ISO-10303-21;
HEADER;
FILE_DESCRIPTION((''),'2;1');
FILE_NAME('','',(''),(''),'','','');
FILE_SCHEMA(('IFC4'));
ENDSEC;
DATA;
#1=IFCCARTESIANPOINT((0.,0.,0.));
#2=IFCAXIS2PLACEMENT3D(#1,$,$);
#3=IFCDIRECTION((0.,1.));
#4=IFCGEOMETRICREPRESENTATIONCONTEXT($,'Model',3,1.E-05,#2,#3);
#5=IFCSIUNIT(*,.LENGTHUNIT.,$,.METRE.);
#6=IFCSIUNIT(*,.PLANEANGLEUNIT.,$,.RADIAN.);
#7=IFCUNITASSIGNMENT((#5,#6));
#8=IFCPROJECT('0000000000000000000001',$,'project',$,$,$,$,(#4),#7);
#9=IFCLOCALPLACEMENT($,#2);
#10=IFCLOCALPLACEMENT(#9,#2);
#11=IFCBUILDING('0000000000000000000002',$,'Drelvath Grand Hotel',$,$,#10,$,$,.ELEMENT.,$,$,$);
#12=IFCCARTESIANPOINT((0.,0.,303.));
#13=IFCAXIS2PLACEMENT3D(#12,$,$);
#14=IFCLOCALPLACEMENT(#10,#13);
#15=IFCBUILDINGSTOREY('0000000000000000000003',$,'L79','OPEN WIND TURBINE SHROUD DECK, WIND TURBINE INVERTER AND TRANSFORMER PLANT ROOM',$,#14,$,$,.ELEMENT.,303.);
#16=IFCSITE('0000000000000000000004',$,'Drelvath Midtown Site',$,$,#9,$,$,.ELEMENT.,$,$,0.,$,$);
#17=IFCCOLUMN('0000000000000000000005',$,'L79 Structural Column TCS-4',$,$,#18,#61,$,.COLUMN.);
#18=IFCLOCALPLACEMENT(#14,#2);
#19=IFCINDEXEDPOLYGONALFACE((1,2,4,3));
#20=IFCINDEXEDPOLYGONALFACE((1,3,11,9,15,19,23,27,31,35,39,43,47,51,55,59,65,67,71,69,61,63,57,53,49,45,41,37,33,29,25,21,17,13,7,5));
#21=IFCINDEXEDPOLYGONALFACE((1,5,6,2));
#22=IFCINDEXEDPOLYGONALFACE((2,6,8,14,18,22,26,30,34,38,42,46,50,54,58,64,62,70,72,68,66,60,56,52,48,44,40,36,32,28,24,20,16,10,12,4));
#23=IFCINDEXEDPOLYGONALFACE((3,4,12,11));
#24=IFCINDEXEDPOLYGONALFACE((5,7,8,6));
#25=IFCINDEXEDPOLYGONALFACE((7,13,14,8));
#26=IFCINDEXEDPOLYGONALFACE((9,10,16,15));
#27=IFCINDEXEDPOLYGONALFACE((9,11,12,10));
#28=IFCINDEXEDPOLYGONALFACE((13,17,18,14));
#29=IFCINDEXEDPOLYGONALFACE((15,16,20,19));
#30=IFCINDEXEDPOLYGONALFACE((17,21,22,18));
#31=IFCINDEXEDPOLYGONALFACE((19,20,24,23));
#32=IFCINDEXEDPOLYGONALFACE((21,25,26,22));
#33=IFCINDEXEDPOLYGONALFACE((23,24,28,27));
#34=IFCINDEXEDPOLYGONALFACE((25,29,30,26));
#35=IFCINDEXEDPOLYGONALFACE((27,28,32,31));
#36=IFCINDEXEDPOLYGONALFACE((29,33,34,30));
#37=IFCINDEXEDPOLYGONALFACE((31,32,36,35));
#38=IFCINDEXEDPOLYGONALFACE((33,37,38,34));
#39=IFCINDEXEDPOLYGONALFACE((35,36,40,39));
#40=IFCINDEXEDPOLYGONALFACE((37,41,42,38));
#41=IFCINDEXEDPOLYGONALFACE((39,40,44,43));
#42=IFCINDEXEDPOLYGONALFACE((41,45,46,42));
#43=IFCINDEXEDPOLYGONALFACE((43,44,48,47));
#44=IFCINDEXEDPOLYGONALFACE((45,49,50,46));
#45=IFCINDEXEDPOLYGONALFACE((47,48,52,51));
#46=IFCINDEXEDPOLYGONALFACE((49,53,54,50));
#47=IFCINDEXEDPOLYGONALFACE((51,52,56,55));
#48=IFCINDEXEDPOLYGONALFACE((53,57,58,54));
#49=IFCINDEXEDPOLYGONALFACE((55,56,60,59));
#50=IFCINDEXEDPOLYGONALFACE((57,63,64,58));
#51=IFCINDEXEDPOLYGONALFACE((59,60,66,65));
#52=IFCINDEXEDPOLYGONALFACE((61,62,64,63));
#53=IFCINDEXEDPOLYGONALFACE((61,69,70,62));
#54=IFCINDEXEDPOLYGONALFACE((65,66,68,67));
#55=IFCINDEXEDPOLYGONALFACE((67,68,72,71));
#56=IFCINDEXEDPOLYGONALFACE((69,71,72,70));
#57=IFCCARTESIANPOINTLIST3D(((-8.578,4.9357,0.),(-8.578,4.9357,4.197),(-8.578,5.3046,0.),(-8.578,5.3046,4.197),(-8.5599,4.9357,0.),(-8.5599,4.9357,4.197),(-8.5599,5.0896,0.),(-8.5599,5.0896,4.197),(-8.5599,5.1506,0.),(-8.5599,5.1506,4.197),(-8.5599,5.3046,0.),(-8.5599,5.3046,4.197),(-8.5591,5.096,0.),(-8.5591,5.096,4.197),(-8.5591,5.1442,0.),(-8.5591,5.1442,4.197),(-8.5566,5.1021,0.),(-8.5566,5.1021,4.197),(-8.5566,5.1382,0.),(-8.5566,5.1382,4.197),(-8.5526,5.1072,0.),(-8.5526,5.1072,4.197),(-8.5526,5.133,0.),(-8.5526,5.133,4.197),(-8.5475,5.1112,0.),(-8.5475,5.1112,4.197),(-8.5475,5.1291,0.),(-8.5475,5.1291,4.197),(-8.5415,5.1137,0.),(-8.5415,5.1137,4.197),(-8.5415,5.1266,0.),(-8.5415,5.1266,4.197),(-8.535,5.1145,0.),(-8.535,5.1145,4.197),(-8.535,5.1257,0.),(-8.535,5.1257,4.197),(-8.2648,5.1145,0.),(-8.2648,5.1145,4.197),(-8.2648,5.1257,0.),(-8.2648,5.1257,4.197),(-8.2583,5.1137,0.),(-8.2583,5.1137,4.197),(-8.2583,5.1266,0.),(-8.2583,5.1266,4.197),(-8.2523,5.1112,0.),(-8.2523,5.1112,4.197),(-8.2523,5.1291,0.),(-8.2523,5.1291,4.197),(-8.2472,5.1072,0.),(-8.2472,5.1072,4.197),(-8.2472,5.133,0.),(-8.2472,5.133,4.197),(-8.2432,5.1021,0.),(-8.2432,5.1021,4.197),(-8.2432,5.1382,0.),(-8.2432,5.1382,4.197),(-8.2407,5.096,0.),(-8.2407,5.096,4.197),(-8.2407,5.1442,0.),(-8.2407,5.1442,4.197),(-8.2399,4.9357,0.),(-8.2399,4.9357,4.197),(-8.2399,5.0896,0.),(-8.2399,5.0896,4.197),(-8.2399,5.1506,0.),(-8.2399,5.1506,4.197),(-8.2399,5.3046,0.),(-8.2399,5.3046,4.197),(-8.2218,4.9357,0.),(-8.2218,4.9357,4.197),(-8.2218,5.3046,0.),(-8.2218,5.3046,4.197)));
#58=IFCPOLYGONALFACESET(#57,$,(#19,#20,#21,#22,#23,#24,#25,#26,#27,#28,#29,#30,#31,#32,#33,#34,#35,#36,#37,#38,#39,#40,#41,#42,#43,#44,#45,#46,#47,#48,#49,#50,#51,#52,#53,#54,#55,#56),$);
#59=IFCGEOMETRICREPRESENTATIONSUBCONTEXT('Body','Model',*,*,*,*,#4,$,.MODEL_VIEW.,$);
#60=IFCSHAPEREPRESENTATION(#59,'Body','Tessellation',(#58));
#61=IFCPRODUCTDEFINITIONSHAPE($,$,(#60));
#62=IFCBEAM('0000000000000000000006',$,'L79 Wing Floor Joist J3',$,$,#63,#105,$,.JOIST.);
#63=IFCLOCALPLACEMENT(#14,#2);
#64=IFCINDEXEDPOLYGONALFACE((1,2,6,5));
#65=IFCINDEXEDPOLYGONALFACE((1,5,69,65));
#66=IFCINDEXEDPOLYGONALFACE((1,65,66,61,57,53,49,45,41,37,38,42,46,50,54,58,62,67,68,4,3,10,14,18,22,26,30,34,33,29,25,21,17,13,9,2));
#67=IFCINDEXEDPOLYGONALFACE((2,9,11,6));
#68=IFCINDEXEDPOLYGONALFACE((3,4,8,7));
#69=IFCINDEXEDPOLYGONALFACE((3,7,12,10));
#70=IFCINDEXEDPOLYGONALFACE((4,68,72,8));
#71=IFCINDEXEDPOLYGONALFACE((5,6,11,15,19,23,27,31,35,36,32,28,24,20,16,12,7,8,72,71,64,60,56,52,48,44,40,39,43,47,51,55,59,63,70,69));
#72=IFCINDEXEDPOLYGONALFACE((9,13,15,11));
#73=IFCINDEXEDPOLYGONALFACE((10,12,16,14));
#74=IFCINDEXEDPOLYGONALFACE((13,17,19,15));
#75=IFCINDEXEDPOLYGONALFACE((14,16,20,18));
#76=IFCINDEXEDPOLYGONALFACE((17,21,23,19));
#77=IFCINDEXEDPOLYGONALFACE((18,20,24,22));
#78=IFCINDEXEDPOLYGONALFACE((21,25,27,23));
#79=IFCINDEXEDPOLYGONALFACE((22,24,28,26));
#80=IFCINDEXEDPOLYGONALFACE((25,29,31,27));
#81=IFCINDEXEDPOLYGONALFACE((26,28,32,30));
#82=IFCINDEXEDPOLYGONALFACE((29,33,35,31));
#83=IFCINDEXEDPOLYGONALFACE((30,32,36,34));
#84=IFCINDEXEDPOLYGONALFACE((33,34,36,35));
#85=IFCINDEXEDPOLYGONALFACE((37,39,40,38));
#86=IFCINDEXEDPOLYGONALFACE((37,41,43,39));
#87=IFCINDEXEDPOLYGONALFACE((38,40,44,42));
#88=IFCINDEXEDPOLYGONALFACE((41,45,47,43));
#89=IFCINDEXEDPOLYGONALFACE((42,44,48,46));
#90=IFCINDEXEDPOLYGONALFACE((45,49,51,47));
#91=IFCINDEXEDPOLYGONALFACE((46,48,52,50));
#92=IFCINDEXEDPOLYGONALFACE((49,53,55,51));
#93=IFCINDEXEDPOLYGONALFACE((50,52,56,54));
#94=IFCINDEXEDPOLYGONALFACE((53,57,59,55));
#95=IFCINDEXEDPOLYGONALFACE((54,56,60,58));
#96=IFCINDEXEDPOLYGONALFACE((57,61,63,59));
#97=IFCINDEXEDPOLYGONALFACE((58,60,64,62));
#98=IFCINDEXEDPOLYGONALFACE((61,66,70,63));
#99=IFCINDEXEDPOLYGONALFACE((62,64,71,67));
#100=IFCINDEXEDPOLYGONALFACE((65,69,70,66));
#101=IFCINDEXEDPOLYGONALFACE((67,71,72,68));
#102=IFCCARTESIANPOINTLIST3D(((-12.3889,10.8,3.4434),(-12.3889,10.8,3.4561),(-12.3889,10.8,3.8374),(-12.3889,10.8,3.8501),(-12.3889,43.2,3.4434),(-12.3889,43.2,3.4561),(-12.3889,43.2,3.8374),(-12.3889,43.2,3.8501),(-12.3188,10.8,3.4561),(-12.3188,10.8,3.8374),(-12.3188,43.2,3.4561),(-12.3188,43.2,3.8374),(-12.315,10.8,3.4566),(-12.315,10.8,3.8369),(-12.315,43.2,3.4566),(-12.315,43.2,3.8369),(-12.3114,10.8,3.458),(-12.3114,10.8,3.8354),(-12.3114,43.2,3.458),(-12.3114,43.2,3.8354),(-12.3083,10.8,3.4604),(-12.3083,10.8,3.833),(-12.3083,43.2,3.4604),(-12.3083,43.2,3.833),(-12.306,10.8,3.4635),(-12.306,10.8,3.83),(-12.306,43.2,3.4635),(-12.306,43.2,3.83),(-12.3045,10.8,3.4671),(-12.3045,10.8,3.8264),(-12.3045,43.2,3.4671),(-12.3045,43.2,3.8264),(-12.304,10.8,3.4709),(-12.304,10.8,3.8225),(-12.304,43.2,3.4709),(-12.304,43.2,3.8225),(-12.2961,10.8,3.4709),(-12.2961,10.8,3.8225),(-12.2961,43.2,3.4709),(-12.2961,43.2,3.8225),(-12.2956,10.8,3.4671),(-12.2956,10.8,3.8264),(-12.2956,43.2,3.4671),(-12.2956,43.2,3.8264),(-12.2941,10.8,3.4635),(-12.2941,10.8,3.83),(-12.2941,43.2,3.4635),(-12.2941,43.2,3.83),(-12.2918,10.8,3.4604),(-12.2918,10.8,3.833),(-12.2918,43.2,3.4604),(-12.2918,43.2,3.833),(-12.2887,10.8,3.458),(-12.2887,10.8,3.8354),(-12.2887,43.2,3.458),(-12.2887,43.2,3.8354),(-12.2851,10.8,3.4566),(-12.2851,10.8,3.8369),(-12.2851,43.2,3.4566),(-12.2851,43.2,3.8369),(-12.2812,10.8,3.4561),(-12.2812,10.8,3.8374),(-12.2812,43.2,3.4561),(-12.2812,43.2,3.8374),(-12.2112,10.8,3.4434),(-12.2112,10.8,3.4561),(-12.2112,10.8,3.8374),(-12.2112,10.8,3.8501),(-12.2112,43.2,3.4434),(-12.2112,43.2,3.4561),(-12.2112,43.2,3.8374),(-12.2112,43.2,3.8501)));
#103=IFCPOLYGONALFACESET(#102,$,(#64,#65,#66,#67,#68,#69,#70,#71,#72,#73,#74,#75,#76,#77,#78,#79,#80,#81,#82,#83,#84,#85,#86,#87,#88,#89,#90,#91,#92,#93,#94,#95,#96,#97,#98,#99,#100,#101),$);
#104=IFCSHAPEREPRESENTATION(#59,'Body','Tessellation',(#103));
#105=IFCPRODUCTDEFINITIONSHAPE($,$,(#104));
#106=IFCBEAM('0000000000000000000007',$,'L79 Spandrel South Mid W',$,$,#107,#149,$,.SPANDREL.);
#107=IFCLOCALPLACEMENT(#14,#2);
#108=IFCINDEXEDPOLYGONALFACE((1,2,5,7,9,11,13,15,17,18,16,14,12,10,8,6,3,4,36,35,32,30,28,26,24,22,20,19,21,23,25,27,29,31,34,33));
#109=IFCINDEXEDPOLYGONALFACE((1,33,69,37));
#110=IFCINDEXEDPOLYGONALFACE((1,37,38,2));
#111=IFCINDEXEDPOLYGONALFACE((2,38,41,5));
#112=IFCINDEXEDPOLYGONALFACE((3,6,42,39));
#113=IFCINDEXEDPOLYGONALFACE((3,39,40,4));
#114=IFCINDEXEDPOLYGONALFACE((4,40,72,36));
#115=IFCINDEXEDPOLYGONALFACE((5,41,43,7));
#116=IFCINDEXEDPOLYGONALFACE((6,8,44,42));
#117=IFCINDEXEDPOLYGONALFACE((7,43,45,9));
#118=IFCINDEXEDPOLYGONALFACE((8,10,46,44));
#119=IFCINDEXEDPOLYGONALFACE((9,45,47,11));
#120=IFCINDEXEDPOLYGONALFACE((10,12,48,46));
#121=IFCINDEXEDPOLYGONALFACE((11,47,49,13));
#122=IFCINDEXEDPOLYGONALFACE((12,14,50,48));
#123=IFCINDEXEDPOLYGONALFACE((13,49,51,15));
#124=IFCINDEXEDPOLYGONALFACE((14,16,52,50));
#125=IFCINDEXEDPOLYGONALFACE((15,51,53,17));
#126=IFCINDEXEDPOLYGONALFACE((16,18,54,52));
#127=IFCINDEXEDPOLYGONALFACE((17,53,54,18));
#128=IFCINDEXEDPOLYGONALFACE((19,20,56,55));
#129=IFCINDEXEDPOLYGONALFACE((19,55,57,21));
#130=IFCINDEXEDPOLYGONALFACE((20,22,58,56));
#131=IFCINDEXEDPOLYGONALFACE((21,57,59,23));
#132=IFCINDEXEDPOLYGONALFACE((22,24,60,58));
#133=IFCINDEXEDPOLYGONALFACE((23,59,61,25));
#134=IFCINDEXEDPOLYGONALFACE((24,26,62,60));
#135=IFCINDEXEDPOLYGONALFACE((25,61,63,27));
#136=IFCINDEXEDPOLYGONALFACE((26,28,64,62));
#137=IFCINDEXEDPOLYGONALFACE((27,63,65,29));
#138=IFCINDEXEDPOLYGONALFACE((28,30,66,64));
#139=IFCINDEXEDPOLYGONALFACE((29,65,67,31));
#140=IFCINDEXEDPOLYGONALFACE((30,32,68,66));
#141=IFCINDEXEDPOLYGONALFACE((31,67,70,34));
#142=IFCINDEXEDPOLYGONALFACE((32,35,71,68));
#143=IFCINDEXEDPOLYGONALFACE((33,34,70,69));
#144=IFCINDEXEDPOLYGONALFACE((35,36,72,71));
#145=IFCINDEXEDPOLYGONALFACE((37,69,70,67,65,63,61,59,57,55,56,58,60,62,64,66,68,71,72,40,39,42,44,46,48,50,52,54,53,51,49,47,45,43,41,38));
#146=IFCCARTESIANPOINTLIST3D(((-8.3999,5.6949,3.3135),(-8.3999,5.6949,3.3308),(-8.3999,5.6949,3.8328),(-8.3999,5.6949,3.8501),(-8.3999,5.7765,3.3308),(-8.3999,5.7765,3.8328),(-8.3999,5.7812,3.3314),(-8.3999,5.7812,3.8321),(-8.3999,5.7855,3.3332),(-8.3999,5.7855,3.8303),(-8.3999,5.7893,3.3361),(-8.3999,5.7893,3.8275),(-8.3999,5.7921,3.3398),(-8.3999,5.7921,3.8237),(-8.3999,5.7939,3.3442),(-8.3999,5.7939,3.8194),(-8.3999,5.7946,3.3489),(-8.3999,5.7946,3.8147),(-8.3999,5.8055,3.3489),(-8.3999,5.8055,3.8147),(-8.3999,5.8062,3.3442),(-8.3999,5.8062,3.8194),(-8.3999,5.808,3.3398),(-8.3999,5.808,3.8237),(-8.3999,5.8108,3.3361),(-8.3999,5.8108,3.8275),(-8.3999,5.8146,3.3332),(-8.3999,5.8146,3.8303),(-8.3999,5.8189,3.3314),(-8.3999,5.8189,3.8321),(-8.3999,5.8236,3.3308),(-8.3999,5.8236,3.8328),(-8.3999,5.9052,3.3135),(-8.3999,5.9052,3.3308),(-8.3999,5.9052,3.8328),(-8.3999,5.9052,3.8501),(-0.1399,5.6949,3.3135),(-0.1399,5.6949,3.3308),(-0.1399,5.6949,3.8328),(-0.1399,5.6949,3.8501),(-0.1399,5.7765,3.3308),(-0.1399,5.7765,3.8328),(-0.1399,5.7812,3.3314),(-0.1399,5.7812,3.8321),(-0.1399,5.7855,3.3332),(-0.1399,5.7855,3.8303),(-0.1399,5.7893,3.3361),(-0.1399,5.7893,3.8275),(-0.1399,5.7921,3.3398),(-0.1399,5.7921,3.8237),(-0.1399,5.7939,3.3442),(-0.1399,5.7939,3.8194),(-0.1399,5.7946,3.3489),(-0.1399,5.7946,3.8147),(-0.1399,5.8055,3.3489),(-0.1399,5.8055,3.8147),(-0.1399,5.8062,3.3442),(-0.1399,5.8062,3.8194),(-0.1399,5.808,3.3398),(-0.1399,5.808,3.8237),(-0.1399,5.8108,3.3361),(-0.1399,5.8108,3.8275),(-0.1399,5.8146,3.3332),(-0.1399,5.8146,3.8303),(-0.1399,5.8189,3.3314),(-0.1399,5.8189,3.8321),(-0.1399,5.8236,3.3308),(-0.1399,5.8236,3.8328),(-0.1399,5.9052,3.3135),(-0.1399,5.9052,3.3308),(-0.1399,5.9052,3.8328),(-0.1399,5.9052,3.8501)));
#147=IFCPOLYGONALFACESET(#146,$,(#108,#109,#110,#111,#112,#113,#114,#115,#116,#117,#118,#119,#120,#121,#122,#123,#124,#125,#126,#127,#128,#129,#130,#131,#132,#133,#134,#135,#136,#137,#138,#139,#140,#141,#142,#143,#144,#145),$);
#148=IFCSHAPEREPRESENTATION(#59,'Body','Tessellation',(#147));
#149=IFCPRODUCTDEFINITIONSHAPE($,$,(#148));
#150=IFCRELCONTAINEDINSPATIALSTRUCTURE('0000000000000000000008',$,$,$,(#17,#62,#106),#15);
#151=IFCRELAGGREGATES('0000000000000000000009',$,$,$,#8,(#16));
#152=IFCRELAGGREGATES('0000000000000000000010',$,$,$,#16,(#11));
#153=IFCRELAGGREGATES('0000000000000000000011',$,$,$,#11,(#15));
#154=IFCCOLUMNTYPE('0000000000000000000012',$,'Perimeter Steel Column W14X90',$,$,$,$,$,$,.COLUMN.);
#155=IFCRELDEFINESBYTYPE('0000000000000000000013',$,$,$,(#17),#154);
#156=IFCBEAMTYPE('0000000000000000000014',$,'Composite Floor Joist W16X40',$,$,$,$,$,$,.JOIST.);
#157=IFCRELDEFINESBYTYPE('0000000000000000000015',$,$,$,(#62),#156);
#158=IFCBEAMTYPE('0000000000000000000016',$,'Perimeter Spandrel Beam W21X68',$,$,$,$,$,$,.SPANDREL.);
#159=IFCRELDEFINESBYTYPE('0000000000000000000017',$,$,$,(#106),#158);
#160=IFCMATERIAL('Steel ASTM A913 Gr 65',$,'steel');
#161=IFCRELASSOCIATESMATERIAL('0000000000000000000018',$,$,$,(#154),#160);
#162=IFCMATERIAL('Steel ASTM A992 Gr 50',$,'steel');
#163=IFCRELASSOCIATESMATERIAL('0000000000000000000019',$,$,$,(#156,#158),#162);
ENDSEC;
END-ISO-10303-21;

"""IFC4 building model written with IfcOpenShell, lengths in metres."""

from ifc_helpers import new_model, si_unit, direction, frame, origin, origin_2d, place, context, subcontext, project, spatial, i_section, extrude, material, material_profile, profile_set, type_object, element, save


model = new_model("IFC4")

# Units and contexts
model_context = context("Model", 3, precision=1e-05, world=origin(), true_north=direction((0.0, 1.0)))
body_context = subcontext(model_context, "Body", "Model", "MODEL_VIEW")
ifc_project = project(units=[si_unit("LENGTHUNIT", "METRE"), si_unit("PLANEANGLEUNIT", "RADIAN")], contexts=[model_context])

# Site, building, storey
site_placement = place(None, origin())
site = spatial("IfcSite", under=ifc_project, at=site_placement, Name="Drelvath Midtown Site", CompositionType="ELEMENT", RefElevation=0.0)
building_placement = place(site_placement, origin())
building = spatial("IfcBuilding", under=site, at=building_placement, Name="Drelvath Grand Hotel", CompositionType="ELEMENT")
storey_placement = place(building_placement, frame((0.0, 0.0, 303.0)))
storey = spatial("IfcBuildingStorey", under=building, at=storey_placement, Name="L79", Description="OPEN WIND TURBINE SHROUD DECK, WIND TURBINE INVERTER AND TRANSFORMER PLANT ROOM", CompositionType="ELEMENT", Elevation=303.0)

# Column
ifc_material_1 = material(Name="Steel ASTM A913 Gr 65", Category="steel")
ifc_material_profile_1 = material_profile(ifc_material_1, i_section(OverallWidth=0.3689, OverallDepth=0.3562, WebThickness=0.0112, FlangeThickness=0.0181, FilletRadius=0.0249, at=origin_2d()), Name="W14X90")
ifc_profile_set_1 = profile_set([ifc_material_profile_1], Name="Steel ASTM A913 Gr 65")
column_type = type_object("IfcColumnType", Name="Perimeter Steel Column W14X90", PredefinedType="COLUMN", material=ifc_profile_set_1)
column_placement = place(storey_placement, frame((-8.3999, 5.1201, 0.0), z_axis=(0.0, 0.0, 1.0), x_axis=(0.0, 1.0, 0.0)))
element("IfcColumn", 1, at=column_placement, inside=storey, type_object=column_type, Name="L79 Structural Column TCS-4", PredefinedType="COLUMN", context=body_context, shape_type="SweptSolid", body=[
    extrude(i_section(OverallWidth=0.3689, OverallDepth=0.3562, WebThickness=0.0112, FlangeThickness=0.0181, FilletRadius=0.0249, at=origin_2d()), origin(), (0.0, 0.0, 1.0), 4.197),
])

# Beams
ifc_material_2 = material(Name="Steel ASTM A992 Gr 50", Category="steel")
ifc_material_profile_2 = material_profile(ifc_material_2, i_section(OverallWidth=0.1777, OverallDepth=0.4067, WebThickness=0.0078, FlangeThickness=0.0127, FilletRadius=0.0149, at=origin_2d()), Name="W16X40")
ifc_profile_set_2 = profile_set([ifc_material_profile_2], Name="Steel ASTM A992 Gr 50")
beam_type_1 = type_object("IfcBeamType", Name="Composite Floor Joist W16X40", PredefinedType="JOIST", material=ifc_profile_set_2)
beam_1_placement = place(storey_placement, frame((-12.3, 10.8, 3.6467), z_axis=(0.0, 1.0, 0.0), x_axis=(-1.0, 0.0, 0.0)))
element("IfcBeam", 2, at=beam_1_placement, inside=storey, type_object=beam_type_1, Name="L79 Wing Floor Joist J3", PredefinedType="JOIST", context=body_context, shape_type="SweptSolid", body=[
    extrude(i_section(OverallWidth=0.1777, OverallDepth=0.4067, WebThickness=0.0078, FlangeThickness=0.0127, FilletRadius=0.0149, at=origin_2d()), origin(), (0.0, 0.0, 1.0), 32.3999),
])
ifc_material_profile_3 = material_profile(ifc_material_2, i_section(OverallWidth=0.2102, OverallDepth=0.5366, WebThickness=0.011, FlangeThickness=0.0173, FilletRadius=0.0181, at=origin_2d()), Name="W21X68")
ifc_profile_set_3 = profile_set([ifc_material_profile_3], Name="Steel ASTM A992 Gr 50")
beam_type_2 = type_object("IfcBeamType", Name="Perimeter Spandrel Beam W21X68", PredefinedType="SPANDREL", material=ifc_profile_set_3)
beam_2_placement = place(storey_placement, frame((-8.3999, 5.8, 3.5818), z_axis=(1.0, 0.0, 0.0), x_axis=(0.0, 1.0, 0.0)))
element("IfcBeam", 3, at=beam_2_placement, inside=storey, type_object=beam_type_2, Name="L79 Spandrel South Mid W", PredefinedType="SPANDREL", context=body_context, shape_type="SweptSolid", body=[
    extrude(i_section(OverallWidth=0.2102, OverallDepth=0.5366, WebThickness=0.011, FlangeThickness=0.0173, FilletRadius=0.0181, at=origin_2d()), origin(), (0.0, 0.0, 1.0), 8.26),
])

save(model, "model.ifc")
